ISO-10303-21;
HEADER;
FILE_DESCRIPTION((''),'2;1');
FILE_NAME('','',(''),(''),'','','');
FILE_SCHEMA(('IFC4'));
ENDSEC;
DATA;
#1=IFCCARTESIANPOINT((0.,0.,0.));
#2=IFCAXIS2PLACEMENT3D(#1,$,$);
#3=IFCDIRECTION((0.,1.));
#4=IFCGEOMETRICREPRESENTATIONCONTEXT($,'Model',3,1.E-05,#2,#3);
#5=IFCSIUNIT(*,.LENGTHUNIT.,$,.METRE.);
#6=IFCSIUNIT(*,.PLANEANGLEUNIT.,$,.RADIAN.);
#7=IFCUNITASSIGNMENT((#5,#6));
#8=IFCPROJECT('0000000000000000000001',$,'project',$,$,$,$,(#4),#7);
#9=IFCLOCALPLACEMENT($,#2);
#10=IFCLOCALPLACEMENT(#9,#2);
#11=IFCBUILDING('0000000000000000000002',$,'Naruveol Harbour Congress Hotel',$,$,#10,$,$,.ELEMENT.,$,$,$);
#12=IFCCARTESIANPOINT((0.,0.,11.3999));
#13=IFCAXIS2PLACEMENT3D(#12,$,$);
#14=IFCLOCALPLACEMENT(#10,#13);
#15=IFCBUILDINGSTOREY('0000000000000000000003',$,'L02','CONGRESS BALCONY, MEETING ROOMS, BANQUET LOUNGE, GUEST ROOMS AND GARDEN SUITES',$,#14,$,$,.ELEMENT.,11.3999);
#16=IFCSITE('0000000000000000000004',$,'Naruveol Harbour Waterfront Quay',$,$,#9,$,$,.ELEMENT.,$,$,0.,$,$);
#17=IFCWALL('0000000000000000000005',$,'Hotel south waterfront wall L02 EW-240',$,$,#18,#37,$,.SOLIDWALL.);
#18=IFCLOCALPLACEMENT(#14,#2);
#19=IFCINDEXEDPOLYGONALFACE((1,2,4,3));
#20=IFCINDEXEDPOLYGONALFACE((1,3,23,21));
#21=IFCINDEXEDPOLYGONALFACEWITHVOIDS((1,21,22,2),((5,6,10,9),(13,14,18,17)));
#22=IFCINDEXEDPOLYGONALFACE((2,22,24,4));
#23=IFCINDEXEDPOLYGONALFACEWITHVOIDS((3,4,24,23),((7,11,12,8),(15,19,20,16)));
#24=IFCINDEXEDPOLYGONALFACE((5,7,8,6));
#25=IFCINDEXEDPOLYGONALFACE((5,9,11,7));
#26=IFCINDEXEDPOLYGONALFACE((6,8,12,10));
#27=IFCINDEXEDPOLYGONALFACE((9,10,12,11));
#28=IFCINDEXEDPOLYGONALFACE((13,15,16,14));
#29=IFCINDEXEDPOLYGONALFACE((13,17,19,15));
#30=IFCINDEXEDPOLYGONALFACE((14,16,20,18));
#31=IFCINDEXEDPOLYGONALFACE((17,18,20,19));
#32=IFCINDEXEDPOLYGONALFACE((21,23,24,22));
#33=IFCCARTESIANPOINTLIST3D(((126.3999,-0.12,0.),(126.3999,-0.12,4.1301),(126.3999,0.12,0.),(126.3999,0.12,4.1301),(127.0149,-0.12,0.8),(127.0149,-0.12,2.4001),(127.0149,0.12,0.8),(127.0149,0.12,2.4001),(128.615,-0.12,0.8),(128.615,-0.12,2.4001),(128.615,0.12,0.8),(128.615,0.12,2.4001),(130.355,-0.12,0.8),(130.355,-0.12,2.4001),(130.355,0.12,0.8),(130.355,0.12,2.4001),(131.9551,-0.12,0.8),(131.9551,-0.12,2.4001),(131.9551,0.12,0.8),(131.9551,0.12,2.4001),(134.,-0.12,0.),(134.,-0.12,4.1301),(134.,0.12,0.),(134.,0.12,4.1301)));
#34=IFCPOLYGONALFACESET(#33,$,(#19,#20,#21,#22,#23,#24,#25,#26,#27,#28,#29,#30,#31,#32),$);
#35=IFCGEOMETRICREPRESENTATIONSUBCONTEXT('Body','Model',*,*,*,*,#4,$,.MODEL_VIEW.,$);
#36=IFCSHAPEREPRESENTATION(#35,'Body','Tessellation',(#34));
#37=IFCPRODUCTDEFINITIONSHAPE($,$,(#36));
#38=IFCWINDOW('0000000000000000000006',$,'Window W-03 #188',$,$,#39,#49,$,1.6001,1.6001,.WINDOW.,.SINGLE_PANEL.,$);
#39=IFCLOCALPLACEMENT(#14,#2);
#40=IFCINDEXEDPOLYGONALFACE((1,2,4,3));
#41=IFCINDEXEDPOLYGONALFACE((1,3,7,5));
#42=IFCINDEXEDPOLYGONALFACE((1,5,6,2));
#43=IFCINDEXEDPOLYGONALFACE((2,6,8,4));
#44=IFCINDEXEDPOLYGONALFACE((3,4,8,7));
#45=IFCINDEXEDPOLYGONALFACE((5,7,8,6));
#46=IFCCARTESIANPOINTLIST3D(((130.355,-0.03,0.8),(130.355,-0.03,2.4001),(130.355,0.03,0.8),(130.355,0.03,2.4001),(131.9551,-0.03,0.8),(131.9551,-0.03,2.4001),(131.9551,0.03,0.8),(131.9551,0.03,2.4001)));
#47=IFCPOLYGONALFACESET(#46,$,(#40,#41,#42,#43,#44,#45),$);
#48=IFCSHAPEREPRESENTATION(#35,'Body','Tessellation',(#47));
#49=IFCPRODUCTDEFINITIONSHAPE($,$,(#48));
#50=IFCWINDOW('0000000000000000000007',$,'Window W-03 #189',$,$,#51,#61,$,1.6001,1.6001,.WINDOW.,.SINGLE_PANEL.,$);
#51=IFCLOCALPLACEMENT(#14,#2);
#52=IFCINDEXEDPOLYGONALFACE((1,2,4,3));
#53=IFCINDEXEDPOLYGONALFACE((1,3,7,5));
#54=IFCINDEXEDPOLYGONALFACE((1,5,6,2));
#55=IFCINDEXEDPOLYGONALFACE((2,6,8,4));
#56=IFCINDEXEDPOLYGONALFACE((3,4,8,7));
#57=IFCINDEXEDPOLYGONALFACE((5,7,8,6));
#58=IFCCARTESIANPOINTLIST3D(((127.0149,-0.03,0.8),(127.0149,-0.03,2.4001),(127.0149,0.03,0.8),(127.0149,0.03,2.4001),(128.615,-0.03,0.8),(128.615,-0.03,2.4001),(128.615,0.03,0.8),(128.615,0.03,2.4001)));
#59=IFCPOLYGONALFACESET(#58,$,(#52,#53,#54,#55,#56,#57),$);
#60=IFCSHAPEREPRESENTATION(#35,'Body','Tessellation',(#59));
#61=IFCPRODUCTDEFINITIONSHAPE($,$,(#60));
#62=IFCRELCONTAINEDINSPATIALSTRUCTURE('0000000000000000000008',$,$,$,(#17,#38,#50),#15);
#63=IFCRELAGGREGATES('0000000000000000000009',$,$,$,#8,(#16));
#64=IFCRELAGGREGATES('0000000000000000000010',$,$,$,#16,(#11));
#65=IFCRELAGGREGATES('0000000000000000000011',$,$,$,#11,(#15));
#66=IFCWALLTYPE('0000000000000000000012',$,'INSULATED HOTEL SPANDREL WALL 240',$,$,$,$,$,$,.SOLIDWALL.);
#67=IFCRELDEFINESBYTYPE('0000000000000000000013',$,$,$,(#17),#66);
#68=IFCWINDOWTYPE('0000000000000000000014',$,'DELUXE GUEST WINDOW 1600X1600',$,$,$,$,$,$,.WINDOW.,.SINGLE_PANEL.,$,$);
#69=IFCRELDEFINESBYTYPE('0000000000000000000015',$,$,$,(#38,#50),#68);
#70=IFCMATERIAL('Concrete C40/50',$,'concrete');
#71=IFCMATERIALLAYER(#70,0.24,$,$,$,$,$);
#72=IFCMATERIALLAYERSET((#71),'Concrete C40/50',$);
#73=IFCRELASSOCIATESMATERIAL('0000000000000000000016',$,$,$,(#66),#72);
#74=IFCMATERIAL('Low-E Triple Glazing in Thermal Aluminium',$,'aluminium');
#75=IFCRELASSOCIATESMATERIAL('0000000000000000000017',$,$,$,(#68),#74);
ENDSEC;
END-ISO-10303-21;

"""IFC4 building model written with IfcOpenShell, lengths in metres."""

from ifc_helpers import new_model, si_unit, direction, frame, frame_2d, origin, place, context, subcontext, project, spatial, rectangle, extrude, material, layer, layer_set, type_object, element, fill, save


model = new_model("IFC4")

# Units and contexts
model_context = context("Model", 3, precision=1e-05, world=origin(), true_north=direction((0.0, 1.0)))
body_context = subcontext(model_context, "Body", "Model", "MODEL_VIEW")
ifc_project = project(units=[si_unit("LENGTHUNIT", "METRE"), si_unit("PLANEANGLEUNIT", "RADIAN")], contexts=[model_context])

# Site, building, storey
site_placement = place(None, origin())
site = spatial("IfcSite", under=ifc_project, at=site_placement, Name="Naruveol Harbour Waterfront Quay", CompositionType="ELEMENT", RefElevation=0.0)
building_placement = place(site_placement, origin())
building = spatial("IfcBuilding", under=site, at=building_placement, Name="Naruveol Harbour Congress Hotel", CompositionType="ELEMENT")
storey_placement = place(building_placement, frame((0.0, 0.0, 11.3999)))
storey = spatial("IfcBuildingStorey", under=building, at=storey_placement, Name="L02", Description="CONGRESS BALCONY, MEETING ROOMS, BANQUET LOUNGE, GUEST ROOMS AND GARDEN SUITES", CompositionType="ELEMENT", Elevation=11.3999)

# Wall, openings, windows
ifc_material_1 = material(Name="Concrete C40/50", Category="concrete")
ifc_layer_1 = layer(ifc_material_1, 0.24)
ifc_layer_set_1 = layer_set([ifc_layer_1], Name="Concrete C40/50")
wall_type_1 = type_object("IfcWallType", Name="INSULATED HOTEL SPANDREL WALL 240", PredefinedType="SOLIDWALL", material=ifc_layer_set_1)
wall_1_placement = place(storey_placement, frame((134.0, 0.0, 0.0), z_axis=(0.0, 0.0, 1.0), x_axis=(-1.0, 0.0, 0.0)))
wall_1 = element("IfcWall", 1, at=wall_1_placement, inside=storey, type_object=wall_type_1, Name="Hotel south waterfront wall L02 EW-240", PredefinedType="SOLIDWALL", context=body_context, shape_type="SweptSolid", body=[
    extrude(rectangle(XDim=7.6001, YDim=0.24, at=frame_2d((3.8, 0.0))), origin(), (0.0, 0.0, 1.0), 4.1301),
])
opening_1_placement = place(wall_1_placement, frame((2.0449, 0.0, 0.8)))
opening_1 = element("IfcOpeningElement", 2, at=opening_1_placement, cuts=wall_1, PredefinedType="OPENING", context=body_context, shape_type="SweptSolid", body=[
    extrude(rectangle(XDim=1.6001, YDim=1.6001, at=frame_2d((0.8, 0.8))), frame((0.0, 0.1299, 0.0), z_axis=(0.0, -1.0, 0.0), x_axis=(1.0, 0.0, 0.0)), (0.0, 0.0, 1.0), 0.26),
])
opening_2_placement = place(wall_1_placement, frame((5.385, 0.0, 0.8)))
opening_2 = element("IfcOpeningElement", 3, at=opening_2_placement, cuts=wall_1, PredefinedType="OPENING", context=body_context, shape_type="SweptSolid", body=[
    extrude(rectangle(XDim=1.6001, YDim=1.6001, at=frame_2d((0.8, 0.8))), frame((0.0, 0.1299, 0.0), z_axis=(0.0, -1.0, 0.0), x_axis=(1.0, 0.0, 0.0)), (0.0, 0.0, 1.0), 0.26),
])
ifc_material_2 = material(Name="Low-E Triple Glazing in Thermal Aluminium", Category="aluminium")
window_type = type_object("IfcWindowType", Name="DELUXE GUEST WINDOW 1600X1600", PartitioningType="SINGLE_PANEL", PredefinedType="WINDOW", material=ifc_material_2)
window_1_placement = place(opening_1_placement, origin())
window_1 = element("IfcWindow", 4, at=window_1_placement, inside=storey, type_object=window_type, Name="Window W-03 #188", OverallHeight=1.6001, OverallWidth=1.6001, PartitioningType="SINGLE_PANEL", PredefinedType="WINDOW", context=body_context, shape_type="SweptSolid", body=[
    extrude(rectangle(XDim=1.6001, YDim=1.6001, at=frame_2d((0.8, 0.8))), frame((0.0, 0.03, 0.0), z_axis=(0.0, -1.0, 0.0), x_axis=(1.0, 0.0, 0.0)), (0.0, 0.0, 1.0), 0.0601),
])
fill(opening_1, window_1)
window_2_placement = place(opening_2_placement, origin())
window_2 = element("IfcWindow", 5, at=window_2_placement, inside=storey, type_object=window_type, Name="Window W-03 #189", OverallHeight=1.6001, OverallWidth=1.6001, PartitioningType="SINGLE_PANEL", PredefinedType="WINDOW", context=body_context, shape_type="SweptSolid", body=[
    extrude(rectangle(XDim=1.6001, YDim=1.6001, at=frame_2d((0.8, 0.8))), frame((0.0, 0.03, 0.0), z_axis=(0.0, -1.0, 0.0), x_axis=(1.0, 0.0, 0.0)), (0.0, 0.0, 1.0), 0.0601),
])
fill(opening_2, window_2)

save(model, "model.ifc")
